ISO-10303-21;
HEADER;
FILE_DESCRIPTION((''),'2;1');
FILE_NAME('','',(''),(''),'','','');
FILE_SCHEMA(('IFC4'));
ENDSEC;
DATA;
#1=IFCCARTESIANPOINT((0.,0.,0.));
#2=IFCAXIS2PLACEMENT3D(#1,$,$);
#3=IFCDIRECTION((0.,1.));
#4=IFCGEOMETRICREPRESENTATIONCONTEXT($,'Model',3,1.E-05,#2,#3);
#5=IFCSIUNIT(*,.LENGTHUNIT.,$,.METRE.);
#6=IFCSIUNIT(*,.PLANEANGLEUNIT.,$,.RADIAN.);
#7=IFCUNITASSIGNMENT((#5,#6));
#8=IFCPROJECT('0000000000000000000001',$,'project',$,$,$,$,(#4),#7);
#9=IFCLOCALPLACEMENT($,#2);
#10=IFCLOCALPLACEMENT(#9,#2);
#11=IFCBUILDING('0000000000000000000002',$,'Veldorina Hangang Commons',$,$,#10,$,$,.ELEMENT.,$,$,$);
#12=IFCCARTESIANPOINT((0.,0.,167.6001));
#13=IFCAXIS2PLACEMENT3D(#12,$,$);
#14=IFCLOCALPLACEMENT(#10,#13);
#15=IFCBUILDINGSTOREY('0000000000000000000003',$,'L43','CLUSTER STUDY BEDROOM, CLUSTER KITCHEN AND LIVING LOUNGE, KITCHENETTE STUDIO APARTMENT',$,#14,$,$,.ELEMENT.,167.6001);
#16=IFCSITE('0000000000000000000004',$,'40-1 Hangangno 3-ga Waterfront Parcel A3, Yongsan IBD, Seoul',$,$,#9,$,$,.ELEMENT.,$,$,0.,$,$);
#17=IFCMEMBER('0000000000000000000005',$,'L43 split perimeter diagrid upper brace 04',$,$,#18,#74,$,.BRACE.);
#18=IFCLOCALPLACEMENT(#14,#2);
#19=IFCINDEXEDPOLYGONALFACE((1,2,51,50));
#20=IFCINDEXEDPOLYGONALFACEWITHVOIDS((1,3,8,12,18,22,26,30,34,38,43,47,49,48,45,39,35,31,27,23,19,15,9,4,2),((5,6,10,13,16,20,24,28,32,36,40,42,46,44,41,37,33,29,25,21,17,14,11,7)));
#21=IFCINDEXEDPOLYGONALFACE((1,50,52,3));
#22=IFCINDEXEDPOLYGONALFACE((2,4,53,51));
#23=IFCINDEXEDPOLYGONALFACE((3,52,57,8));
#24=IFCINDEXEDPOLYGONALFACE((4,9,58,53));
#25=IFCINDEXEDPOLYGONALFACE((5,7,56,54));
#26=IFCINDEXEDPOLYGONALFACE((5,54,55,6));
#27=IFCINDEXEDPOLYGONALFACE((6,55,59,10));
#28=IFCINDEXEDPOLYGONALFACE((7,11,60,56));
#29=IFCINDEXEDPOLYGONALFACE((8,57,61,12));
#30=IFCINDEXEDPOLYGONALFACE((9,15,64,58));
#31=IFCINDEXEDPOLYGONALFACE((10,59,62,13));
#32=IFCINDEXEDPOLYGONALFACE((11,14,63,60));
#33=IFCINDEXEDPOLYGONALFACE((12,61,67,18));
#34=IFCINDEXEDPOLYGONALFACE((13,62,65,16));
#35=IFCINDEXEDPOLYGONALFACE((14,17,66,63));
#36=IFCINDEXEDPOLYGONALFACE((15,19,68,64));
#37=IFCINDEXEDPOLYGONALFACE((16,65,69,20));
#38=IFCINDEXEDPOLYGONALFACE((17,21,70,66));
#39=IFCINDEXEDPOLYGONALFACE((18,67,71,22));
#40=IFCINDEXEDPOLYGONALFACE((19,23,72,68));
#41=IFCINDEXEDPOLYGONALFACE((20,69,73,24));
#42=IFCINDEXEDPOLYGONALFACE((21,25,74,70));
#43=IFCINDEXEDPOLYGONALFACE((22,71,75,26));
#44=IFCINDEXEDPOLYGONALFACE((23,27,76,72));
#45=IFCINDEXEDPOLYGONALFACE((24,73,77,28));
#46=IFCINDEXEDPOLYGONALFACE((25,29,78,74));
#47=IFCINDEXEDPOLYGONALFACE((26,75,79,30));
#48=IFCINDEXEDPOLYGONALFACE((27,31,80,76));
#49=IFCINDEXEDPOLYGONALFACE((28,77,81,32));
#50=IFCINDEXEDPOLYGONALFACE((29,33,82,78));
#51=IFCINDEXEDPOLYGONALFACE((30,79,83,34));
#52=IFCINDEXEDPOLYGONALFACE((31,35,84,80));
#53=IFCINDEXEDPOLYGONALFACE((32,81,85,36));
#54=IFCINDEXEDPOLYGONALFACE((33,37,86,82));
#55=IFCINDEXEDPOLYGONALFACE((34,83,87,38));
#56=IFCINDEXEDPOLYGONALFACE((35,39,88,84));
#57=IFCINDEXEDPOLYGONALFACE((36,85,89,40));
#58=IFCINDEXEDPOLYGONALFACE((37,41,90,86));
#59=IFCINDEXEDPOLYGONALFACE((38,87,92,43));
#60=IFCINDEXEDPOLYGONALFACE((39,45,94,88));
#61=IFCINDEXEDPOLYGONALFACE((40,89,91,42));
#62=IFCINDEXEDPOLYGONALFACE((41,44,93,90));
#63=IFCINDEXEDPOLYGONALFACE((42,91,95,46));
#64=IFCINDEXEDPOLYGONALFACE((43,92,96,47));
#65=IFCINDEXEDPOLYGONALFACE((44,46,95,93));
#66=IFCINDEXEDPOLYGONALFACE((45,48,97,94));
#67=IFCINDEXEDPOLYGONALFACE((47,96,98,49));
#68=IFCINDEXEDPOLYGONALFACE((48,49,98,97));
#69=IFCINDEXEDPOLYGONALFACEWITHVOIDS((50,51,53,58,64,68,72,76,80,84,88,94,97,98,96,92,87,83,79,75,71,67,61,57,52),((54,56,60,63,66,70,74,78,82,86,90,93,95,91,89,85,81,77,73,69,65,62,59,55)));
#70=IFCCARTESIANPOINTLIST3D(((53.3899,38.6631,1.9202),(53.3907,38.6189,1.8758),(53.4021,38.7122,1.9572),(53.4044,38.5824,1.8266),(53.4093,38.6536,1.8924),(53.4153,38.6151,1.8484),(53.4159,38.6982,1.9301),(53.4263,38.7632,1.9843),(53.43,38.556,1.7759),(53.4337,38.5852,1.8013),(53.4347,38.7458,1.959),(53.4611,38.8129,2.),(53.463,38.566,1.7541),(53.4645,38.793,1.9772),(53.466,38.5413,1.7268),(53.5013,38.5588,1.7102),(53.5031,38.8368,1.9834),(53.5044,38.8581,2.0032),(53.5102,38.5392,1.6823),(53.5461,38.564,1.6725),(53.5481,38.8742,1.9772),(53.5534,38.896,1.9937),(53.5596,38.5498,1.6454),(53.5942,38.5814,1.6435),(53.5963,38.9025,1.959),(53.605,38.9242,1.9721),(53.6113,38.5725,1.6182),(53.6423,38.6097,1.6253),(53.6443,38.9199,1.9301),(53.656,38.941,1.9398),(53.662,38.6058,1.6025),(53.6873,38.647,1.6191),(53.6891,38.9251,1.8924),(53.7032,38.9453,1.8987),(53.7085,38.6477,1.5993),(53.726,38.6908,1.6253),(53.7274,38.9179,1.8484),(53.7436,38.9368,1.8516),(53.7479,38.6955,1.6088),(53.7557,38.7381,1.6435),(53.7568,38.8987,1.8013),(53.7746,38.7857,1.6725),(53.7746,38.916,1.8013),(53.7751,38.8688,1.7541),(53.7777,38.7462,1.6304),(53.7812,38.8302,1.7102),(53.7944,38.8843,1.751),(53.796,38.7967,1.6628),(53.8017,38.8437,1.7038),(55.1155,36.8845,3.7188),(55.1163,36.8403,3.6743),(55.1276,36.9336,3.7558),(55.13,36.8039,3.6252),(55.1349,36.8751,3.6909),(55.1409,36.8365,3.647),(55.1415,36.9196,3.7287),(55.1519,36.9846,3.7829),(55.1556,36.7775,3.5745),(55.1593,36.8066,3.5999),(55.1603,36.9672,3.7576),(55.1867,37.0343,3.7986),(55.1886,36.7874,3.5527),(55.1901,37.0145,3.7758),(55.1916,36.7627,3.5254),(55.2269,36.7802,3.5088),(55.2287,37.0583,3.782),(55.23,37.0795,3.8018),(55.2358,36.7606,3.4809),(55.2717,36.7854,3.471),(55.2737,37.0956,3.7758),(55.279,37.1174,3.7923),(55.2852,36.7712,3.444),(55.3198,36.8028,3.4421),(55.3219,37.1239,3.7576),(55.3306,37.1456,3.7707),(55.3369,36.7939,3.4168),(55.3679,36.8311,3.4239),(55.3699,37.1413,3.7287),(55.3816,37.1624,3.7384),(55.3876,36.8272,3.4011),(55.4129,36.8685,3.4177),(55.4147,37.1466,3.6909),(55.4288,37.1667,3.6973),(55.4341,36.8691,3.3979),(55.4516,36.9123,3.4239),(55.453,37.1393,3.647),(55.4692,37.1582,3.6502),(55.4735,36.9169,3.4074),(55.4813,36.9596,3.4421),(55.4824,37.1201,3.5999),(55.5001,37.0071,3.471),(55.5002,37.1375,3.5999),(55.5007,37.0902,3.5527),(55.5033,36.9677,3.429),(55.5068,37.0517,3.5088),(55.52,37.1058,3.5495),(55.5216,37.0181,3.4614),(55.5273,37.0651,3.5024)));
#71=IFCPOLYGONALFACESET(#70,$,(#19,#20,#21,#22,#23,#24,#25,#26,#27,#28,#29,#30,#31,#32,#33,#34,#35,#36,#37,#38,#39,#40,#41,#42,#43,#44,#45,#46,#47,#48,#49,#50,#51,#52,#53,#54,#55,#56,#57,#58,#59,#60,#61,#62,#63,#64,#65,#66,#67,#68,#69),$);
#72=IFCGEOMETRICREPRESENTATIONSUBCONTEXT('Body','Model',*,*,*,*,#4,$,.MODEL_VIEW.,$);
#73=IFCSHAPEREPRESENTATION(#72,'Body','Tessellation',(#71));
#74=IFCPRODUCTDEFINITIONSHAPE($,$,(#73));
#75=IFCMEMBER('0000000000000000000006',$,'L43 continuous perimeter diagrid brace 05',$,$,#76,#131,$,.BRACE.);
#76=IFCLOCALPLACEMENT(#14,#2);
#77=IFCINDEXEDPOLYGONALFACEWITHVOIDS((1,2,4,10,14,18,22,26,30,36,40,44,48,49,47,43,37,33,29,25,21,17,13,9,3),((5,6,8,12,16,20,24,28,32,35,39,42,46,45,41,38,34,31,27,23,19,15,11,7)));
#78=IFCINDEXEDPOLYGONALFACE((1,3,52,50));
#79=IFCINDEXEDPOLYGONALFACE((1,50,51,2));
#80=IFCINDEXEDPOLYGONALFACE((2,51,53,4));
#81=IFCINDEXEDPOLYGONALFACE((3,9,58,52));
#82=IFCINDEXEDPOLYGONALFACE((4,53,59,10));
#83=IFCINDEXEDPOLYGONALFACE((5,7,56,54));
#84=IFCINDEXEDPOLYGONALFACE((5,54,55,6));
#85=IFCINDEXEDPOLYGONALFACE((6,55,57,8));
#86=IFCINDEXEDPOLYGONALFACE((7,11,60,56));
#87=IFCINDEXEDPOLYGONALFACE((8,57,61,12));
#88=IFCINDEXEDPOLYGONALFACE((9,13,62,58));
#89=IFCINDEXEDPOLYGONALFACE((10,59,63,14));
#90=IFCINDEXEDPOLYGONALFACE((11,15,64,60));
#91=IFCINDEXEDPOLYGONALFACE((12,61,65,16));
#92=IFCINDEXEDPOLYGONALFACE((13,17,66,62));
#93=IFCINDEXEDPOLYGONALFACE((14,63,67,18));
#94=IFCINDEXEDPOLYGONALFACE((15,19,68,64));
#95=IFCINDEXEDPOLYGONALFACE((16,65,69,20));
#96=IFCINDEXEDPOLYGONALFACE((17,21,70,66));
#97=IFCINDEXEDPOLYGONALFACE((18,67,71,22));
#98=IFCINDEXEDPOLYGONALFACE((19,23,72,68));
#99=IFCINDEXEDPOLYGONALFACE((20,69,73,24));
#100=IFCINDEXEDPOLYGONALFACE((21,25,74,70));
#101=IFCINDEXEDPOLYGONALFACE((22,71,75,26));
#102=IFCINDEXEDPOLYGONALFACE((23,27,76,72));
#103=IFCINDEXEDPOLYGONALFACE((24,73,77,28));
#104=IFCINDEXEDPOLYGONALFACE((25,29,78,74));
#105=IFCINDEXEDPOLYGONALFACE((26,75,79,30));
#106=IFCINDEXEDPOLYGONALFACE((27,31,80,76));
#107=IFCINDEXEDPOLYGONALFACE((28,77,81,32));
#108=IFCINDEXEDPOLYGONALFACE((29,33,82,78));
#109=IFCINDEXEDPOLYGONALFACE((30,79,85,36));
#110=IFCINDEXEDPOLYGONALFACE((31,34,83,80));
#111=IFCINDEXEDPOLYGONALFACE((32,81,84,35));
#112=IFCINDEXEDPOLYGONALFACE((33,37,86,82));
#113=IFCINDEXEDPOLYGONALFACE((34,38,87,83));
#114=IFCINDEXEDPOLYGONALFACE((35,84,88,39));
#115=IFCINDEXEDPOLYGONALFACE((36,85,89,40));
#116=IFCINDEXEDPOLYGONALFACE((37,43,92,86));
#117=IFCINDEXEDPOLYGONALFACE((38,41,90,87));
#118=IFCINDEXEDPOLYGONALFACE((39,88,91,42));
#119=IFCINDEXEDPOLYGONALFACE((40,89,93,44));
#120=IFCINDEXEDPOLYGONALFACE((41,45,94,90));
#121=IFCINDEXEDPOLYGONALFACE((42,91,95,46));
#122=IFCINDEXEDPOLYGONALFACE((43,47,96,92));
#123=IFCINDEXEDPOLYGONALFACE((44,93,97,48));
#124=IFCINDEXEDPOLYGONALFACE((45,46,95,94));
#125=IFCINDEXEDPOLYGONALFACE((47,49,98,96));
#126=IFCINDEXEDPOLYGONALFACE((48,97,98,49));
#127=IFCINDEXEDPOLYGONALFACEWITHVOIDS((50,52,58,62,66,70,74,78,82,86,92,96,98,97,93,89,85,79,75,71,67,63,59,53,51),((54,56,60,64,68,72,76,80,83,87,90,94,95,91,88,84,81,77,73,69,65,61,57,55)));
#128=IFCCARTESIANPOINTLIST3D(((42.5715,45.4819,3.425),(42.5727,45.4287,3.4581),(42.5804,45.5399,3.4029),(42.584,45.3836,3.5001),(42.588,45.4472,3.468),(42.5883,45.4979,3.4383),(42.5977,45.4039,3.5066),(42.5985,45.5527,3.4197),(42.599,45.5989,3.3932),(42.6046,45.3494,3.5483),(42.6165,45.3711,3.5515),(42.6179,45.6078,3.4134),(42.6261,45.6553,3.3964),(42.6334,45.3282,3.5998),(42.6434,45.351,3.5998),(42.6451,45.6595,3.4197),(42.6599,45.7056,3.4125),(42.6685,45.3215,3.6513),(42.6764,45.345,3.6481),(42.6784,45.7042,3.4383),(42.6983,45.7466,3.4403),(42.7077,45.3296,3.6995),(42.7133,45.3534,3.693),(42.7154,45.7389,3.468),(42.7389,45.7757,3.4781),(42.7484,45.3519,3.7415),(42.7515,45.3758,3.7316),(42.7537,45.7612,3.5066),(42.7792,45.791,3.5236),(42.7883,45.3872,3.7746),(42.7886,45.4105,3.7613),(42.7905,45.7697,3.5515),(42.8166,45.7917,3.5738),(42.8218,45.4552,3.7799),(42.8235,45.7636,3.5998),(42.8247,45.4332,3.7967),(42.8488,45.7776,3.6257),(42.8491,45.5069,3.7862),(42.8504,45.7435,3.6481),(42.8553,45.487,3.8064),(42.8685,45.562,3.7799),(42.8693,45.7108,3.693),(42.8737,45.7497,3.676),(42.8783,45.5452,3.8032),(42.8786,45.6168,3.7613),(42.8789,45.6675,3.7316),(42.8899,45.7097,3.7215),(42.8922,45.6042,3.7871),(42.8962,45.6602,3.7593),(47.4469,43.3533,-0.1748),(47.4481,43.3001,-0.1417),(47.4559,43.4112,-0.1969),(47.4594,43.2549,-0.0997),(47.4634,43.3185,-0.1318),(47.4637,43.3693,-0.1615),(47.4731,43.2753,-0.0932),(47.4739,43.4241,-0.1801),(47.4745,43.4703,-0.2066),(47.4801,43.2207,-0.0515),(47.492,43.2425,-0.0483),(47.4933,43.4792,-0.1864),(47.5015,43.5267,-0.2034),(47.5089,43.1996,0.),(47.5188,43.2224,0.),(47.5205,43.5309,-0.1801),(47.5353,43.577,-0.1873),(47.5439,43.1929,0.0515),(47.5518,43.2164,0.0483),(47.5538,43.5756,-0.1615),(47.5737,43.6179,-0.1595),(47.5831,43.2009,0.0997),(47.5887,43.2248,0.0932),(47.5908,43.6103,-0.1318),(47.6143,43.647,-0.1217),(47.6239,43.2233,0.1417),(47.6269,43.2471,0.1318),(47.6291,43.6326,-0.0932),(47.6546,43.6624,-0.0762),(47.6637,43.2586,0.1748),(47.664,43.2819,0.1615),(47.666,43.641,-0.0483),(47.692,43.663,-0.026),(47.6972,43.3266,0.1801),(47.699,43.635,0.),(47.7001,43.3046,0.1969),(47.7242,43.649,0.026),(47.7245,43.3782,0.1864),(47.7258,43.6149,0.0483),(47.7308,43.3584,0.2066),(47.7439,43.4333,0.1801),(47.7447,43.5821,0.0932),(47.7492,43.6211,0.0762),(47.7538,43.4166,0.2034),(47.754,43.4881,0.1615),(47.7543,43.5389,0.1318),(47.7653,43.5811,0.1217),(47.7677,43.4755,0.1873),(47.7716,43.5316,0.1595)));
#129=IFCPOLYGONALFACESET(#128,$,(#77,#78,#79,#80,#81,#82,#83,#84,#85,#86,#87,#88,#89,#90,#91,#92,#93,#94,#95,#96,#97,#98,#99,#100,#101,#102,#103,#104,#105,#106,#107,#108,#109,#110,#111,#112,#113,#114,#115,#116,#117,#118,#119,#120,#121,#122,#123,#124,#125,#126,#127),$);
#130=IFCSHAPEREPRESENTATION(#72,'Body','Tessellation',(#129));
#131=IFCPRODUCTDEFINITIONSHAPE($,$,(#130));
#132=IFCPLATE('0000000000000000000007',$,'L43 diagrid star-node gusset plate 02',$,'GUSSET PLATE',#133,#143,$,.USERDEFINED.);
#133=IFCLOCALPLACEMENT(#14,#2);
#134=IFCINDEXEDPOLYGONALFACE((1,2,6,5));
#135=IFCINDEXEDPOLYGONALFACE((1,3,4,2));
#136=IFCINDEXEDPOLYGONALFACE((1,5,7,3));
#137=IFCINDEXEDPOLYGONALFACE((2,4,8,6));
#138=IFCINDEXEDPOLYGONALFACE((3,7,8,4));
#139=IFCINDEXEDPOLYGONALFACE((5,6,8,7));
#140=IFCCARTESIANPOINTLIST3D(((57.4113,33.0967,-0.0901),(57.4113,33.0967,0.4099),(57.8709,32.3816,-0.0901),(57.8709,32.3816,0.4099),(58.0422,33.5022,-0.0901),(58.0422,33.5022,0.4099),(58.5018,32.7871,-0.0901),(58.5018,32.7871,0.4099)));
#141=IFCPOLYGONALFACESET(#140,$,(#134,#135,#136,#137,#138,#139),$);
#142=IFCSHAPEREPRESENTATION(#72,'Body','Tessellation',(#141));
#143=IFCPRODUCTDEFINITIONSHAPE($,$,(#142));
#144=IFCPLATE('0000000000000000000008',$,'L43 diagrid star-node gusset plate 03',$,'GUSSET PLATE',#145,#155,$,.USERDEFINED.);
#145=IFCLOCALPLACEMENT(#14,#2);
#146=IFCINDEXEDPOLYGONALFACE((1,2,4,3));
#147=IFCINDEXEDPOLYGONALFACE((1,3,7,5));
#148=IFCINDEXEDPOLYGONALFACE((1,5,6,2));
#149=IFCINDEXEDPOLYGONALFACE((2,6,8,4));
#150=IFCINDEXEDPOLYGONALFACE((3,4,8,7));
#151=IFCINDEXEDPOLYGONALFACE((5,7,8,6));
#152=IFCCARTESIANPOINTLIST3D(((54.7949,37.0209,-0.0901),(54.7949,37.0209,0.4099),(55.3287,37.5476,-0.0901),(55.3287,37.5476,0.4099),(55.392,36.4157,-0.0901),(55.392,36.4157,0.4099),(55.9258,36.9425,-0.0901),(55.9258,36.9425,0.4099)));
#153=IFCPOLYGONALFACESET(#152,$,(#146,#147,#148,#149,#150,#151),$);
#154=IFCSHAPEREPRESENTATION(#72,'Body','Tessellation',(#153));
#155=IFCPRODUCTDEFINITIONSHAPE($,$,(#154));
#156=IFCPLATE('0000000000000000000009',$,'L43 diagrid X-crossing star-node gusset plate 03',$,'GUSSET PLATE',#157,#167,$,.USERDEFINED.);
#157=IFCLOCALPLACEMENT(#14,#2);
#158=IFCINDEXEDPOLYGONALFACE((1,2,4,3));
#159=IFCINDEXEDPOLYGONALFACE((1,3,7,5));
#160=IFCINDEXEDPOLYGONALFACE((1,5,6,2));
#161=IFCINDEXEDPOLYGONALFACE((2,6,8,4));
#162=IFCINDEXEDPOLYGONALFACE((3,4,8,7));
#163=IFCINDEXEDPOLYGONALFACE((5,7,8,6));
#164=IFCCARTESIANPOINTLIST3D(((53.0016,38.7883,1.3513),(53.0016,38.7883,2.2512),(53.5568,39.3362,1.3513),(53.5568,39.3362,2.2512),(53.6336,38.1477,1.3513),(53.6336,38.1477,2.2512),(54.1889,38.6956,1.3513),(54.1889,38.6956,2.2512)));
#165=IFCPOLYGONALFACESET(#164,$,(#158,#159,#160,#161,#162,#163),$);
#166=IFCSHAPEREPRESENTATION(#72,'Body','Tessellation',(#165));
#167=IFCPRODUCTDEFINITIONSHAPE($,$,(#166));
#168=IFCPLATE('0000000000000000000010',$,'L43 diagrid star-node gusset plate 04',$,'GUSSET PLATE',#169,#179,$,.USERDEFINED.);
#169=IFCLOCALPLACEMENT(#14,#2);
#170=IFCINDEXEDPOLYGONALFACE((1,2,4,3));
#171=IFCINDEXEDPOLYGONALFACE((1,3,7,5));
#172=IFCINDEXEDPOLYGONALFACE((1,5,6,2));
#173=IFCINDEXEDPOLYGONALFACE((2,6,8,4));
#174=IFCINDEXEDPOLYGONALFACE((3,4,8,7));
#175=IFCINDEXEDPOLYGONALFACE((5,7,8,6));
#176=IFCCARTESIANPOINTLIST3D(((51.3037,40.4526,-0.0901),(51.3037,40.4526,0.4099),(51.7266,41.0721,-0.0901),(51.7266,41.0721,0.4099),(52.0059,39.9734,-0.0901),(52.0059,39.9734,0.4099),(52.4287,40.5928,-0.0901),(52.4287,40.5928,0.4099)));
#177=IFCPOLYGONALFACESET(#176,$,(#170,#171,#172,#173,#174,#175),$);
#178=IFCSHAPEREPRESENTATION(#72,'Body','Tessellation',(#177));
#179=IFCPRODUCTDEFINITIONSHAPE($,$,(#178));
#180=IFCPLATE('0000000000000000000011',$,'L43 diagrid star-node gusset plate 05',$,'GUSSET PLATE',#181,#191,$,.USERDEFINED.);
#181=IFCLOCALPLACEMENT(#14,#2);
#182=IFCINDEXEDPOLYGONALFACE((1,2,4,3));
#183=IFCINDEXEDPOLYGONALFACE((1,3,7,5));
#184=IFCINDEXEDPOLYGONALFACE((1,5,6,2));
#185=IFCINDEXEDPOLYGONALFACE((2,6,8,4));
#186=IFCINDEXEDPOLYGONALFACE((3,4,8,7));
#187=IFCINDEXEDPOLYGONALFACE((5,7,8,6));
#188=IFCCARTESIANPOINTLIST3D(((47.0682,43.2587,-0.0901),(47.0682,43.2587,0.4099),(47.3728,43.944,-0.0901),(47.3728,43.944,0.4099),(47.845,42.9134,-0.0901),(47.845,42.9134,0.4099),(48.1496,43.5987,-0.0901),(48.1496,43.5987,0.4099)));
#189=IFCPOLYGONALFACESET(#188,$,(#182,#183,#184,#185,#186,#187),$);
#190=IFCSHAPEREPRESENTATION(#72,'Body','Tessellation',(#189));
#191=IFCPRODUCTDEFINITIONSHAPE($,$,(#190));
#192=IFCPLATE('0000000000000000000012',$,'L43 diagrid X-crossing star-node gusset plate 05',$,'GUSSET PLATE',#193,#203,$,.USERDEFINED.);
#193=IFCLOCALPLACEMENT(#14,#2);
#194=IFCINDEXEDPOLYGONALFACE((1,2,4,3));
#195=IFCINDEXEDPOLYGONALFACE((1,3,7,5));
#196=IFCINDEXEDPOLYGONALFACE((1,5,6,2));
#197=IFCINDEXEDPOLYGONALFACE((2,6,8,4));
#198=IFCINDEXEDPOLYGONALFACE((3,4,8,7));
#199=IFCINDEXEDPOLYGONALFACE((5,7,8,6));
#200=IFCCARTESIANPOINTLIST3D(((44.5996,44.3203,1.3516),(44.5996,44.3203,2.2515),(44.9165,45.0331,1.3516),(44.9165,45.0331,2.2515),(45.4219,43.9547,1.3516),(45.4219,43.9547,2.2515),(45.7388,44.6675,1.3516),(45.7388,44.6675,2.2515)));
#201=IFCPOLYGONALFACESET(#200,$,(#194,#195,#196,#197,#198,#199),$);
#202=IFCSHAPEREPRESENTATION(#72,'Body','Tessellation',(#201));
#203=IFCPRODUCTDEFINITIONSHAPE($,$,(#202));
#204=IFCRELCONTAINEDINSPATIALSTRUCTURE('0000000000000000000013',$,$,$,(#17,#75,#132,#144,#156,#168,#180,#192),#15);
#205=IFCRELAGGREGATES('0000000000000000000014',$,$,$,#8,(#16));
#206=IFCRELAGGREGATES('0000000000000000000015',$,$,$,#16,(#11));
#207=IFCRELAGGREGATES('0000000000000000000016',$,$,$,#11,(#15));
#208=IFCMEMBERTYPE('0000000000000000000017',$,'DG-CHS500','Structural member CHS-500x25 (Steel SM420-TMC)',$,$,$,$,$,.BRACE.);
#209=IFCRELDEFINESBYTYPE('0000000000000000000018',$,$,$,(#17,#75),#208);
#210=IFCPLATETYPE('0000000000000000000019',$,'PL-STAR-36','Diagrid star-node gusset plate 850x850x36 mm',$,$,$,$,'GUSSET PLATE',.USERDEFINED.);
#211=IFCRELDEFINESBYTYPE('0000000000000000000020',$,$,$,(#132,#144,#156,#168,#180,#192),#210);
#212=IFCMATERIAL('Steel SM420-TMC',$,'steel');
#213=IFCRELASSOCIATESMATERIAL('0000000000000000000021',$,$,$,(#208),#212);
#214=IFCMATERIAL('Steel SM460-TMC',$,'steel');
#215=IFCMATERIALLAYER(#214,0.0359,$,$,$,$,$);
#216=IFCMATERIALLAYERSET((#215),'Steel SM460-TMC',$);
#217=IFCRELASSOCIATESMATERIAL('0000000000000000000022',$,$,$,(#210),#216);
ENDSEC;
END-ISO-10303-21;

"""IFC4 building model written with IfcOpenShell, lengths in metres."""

from ifc_helpers import new_model, si_unit, direction, frame, origin, origin_2d, place, context, subcontext, project, spatial, rectangle, hollow_circle, extrude, material, layer, layer_set, material_profile, profile_set, type_object, element, save


model = new_model("IFC4")

# Units and contexts
model_context = context("Model", 3, precision=1e-05, world=origin(), true_north=direction((0.0, 1.0)))
body_context = subcontext(model_context, "Body", "Model", "MODEL_VIEW")
ifc_project = project(units=[si_unit("LENGTHUNIT", "METRE"), si_unit("PLANEANGLEUNIT", "RADIAN")], contexts=[model_context])

# Site, building, storey
site_placement = place(None, origin())
site = spatial("IfcSite", under=ifc_project, at=site_placement, Name="40-1 Hangangno 3-ga Waterfront Parcel A3, Yongsan IBD, Seoul", CompositionType="ELEMENT", RefElevation=0.0)
building_placement = place(site_placement, origin())
building = spatial("IfcBuilding", under=site, at=building_placement, Name="Veldorina Hangang Commons", CompositionType="ELEMENT")
storey_placement = place(building_placement, frame((0.0, 0.0, 167.6001)))
storey = spatial("IfcBuildingStorey", under=building, at=storey_placement, Name="L43", Description="CLUSTER STUDY BEDROOM, CLUSTER KITCHEN AND LIVING LOUNGE, KITCHENETTE STUDIO APARTMENT", CompositionType="ELEMENT", Elevation=167.6001)

# Shared definitions
ifc_material_1 = material(Name="Steel SM420-TMC", Category="steel")

# Members
ifc_material_profile_1 = material_profile(ifc_material_1, hollow_circle(Radius=0.25, WallThickness=0.0249, at=origin_2d()), Name="CHS-500x25")
ifc_profile_set_1 = profile_set([ifc_material_profile_1], Name="Steel SM420-TMC")
member_type = type_object("IfcMemberType", Name="DG-CHS500", Description="Structural member CHS-500x25 (Steel SM420-TMC)", PredefinedType="BRACE", material=ifc_profile_set_1)
member_1_placement = place(storey_placement, frame((53.5952, 38.7419, 1.8013), z_axis=(0.563549, -0.580851, 0.587389), x_axis=(0.717715, 0.696337, 0.0)))
element("IfcMember", 1, at=member_1_placement, inside=storey, type_object=member_type, Name="L43 split perimeter diagrid upper brace 04", PredefinedType="BRACE", context=body_context, shape_type="SweptSolid", body=[
    extrude(hollow_circle(Radius=0.25, WallThickness=0.0249, at=origin_2d()), origin(), (0.0, 0.0, 1.0), 3.062),
])
member_2_placement = place(storey_placement, frame((47.6089, 43.4287, 0.0), z_axis=(-0.759016, 0.33139, 0.560425), x_axis=(-0.40013, -0.916458, 0.0)))
element("IfcMember", 2, at=member_2_placement, inside=storey, type_object=member_type, Name="L43 continuous perimeter diagrid brace 05", PredefinedType="BRACE", context=body_context, shape_type="SweptSolid", body=[
    extrude(hollow_circle(Radius=0.25, WallThickness=0.0249, at=origin_2d()), origin(), (0.0, 0.0, 1.0), 6.4233),
])

# Plates
ifc_material_2 = material(Name="Steel SM460-TMC", Category="steel")
ifc_layer_1 = layer(ifc_material_2, 0.0359)
ifc_layer_set_1 = layer_set([ifc_layer_1], Name="Steel SM460-TMC")
plate_type = type_object("IfcPlateType", Name="PL-STAR-36", Description="Diagrid star-node gusset plate 850x850x36 mm", ElementType="GUSSET PLATE", PredefinedType="USERDEFINED", material=ifc_layer_set_1)
for number, where, z_axis, x_axis, name in (
    (3, (57.9565, 32.9419, -0.0901), (0.0, 0.0, 1.0), (-0.540651, 0.841247, 0.0), "L43 diagrid star-node gusset plate 02"),
    (4, (55.3604, 36.9817, -0.0901), (0.0, 0.0, 1.0), (-0.702364, 0.711818, 0.0), "L43 diagrid star-node gusset plate 03"),
):
    element("IfcPlate", number, at=place(storey_placement, frame(where, z_axis=z_axis, x_axis=x_axis)), inside=storey, type_object=plate_type, Name=name, ObjectType="GUSSET PLATE", PredefinedType="USERDEFINED", context=body_context, shape_type="SweptSolid", body=[
        extrude(rectangle(XDim=0.8501, YDim=0.75, at=origin_2d()), origin(), (0.0, 0.0, 1.0), 0.5),
    ])
plate_1_placement = place(storey_placement, frame((53.5952, 38.7419, 1.3513), z_axis=(0.0, 0.0, 1.0), x_axis=(-0.702364, 0.711818, 0.0)))
element("IfcPlate", 5, at=plate_1_placement, inside=storey, type_object=plate_type, Name="L43 diagrid X-crossing star-node gusset plate 03", ObjectType="GUSSET PLATE", PredefinedType="USERDEFINED", context=body_context, shape_type="SweptSolid", body=[
    extrude(rectangle(XDim=0.8999, YDim=0.78, at=origin_2d()), origin(), (0.0, 0.0, 1.0), 0.8999),
])
for number, where, z_axis, x_axis, name in (
    (6, (51.8662, 40.5227, -0.0901), (0.0, 0.0, 1.0), (-0.825941, 0.563757, 0.0), "L43 diagrid star-node gusset plate 04"),
    (7, (47.6089, 43.4287, -0.0901), (0.0, 0.0, 1.0), (-0.91378, 0.40621, 0.0), "L43 diagrid star-node gusset plate 05"),
):
    element("IfcPlate", number, at=place(storey_placement, frame(where, z_axis=z_axis, x_axis=x_axis)), inside=storey, type_object=plate_type, Name=name, ObjectType="GUSSET PLATE", PredefinedType="USERDEFINED", context=body_context, shape_type="SweptSolid", body=[
        extrude(rectangle(XDim=0.8501, YDim=0.75, at=origin_2d()), origin(), (0.0, 0.0, 1.0), 0.5),
    ])
plate_2_placement = place(storey_placement, frame((45.1692, 44.4939, 1.3516), z_axis=(0.0, 0.0, 1.0), x_axis=(-0.91378, 0.40621, 0.0)))
element("IfcPlate", 8, at=plate_2_placement, inside=storey, type_object=plate_type, Name="L43 diagrid X-crossing star-node gusset plate 05", ObjectType="GUSSET PLATE", PredefinedType="USERDEFINED", context=body_context, shape_type="SweptSolid", body=[
    extrude(rectangle(XDim=0.8999, YDim=0.78, at=origin_2d()), origin(), (0.0, 0.0, 1.0), 0.8999),
])

save(model, "model.ifc")
